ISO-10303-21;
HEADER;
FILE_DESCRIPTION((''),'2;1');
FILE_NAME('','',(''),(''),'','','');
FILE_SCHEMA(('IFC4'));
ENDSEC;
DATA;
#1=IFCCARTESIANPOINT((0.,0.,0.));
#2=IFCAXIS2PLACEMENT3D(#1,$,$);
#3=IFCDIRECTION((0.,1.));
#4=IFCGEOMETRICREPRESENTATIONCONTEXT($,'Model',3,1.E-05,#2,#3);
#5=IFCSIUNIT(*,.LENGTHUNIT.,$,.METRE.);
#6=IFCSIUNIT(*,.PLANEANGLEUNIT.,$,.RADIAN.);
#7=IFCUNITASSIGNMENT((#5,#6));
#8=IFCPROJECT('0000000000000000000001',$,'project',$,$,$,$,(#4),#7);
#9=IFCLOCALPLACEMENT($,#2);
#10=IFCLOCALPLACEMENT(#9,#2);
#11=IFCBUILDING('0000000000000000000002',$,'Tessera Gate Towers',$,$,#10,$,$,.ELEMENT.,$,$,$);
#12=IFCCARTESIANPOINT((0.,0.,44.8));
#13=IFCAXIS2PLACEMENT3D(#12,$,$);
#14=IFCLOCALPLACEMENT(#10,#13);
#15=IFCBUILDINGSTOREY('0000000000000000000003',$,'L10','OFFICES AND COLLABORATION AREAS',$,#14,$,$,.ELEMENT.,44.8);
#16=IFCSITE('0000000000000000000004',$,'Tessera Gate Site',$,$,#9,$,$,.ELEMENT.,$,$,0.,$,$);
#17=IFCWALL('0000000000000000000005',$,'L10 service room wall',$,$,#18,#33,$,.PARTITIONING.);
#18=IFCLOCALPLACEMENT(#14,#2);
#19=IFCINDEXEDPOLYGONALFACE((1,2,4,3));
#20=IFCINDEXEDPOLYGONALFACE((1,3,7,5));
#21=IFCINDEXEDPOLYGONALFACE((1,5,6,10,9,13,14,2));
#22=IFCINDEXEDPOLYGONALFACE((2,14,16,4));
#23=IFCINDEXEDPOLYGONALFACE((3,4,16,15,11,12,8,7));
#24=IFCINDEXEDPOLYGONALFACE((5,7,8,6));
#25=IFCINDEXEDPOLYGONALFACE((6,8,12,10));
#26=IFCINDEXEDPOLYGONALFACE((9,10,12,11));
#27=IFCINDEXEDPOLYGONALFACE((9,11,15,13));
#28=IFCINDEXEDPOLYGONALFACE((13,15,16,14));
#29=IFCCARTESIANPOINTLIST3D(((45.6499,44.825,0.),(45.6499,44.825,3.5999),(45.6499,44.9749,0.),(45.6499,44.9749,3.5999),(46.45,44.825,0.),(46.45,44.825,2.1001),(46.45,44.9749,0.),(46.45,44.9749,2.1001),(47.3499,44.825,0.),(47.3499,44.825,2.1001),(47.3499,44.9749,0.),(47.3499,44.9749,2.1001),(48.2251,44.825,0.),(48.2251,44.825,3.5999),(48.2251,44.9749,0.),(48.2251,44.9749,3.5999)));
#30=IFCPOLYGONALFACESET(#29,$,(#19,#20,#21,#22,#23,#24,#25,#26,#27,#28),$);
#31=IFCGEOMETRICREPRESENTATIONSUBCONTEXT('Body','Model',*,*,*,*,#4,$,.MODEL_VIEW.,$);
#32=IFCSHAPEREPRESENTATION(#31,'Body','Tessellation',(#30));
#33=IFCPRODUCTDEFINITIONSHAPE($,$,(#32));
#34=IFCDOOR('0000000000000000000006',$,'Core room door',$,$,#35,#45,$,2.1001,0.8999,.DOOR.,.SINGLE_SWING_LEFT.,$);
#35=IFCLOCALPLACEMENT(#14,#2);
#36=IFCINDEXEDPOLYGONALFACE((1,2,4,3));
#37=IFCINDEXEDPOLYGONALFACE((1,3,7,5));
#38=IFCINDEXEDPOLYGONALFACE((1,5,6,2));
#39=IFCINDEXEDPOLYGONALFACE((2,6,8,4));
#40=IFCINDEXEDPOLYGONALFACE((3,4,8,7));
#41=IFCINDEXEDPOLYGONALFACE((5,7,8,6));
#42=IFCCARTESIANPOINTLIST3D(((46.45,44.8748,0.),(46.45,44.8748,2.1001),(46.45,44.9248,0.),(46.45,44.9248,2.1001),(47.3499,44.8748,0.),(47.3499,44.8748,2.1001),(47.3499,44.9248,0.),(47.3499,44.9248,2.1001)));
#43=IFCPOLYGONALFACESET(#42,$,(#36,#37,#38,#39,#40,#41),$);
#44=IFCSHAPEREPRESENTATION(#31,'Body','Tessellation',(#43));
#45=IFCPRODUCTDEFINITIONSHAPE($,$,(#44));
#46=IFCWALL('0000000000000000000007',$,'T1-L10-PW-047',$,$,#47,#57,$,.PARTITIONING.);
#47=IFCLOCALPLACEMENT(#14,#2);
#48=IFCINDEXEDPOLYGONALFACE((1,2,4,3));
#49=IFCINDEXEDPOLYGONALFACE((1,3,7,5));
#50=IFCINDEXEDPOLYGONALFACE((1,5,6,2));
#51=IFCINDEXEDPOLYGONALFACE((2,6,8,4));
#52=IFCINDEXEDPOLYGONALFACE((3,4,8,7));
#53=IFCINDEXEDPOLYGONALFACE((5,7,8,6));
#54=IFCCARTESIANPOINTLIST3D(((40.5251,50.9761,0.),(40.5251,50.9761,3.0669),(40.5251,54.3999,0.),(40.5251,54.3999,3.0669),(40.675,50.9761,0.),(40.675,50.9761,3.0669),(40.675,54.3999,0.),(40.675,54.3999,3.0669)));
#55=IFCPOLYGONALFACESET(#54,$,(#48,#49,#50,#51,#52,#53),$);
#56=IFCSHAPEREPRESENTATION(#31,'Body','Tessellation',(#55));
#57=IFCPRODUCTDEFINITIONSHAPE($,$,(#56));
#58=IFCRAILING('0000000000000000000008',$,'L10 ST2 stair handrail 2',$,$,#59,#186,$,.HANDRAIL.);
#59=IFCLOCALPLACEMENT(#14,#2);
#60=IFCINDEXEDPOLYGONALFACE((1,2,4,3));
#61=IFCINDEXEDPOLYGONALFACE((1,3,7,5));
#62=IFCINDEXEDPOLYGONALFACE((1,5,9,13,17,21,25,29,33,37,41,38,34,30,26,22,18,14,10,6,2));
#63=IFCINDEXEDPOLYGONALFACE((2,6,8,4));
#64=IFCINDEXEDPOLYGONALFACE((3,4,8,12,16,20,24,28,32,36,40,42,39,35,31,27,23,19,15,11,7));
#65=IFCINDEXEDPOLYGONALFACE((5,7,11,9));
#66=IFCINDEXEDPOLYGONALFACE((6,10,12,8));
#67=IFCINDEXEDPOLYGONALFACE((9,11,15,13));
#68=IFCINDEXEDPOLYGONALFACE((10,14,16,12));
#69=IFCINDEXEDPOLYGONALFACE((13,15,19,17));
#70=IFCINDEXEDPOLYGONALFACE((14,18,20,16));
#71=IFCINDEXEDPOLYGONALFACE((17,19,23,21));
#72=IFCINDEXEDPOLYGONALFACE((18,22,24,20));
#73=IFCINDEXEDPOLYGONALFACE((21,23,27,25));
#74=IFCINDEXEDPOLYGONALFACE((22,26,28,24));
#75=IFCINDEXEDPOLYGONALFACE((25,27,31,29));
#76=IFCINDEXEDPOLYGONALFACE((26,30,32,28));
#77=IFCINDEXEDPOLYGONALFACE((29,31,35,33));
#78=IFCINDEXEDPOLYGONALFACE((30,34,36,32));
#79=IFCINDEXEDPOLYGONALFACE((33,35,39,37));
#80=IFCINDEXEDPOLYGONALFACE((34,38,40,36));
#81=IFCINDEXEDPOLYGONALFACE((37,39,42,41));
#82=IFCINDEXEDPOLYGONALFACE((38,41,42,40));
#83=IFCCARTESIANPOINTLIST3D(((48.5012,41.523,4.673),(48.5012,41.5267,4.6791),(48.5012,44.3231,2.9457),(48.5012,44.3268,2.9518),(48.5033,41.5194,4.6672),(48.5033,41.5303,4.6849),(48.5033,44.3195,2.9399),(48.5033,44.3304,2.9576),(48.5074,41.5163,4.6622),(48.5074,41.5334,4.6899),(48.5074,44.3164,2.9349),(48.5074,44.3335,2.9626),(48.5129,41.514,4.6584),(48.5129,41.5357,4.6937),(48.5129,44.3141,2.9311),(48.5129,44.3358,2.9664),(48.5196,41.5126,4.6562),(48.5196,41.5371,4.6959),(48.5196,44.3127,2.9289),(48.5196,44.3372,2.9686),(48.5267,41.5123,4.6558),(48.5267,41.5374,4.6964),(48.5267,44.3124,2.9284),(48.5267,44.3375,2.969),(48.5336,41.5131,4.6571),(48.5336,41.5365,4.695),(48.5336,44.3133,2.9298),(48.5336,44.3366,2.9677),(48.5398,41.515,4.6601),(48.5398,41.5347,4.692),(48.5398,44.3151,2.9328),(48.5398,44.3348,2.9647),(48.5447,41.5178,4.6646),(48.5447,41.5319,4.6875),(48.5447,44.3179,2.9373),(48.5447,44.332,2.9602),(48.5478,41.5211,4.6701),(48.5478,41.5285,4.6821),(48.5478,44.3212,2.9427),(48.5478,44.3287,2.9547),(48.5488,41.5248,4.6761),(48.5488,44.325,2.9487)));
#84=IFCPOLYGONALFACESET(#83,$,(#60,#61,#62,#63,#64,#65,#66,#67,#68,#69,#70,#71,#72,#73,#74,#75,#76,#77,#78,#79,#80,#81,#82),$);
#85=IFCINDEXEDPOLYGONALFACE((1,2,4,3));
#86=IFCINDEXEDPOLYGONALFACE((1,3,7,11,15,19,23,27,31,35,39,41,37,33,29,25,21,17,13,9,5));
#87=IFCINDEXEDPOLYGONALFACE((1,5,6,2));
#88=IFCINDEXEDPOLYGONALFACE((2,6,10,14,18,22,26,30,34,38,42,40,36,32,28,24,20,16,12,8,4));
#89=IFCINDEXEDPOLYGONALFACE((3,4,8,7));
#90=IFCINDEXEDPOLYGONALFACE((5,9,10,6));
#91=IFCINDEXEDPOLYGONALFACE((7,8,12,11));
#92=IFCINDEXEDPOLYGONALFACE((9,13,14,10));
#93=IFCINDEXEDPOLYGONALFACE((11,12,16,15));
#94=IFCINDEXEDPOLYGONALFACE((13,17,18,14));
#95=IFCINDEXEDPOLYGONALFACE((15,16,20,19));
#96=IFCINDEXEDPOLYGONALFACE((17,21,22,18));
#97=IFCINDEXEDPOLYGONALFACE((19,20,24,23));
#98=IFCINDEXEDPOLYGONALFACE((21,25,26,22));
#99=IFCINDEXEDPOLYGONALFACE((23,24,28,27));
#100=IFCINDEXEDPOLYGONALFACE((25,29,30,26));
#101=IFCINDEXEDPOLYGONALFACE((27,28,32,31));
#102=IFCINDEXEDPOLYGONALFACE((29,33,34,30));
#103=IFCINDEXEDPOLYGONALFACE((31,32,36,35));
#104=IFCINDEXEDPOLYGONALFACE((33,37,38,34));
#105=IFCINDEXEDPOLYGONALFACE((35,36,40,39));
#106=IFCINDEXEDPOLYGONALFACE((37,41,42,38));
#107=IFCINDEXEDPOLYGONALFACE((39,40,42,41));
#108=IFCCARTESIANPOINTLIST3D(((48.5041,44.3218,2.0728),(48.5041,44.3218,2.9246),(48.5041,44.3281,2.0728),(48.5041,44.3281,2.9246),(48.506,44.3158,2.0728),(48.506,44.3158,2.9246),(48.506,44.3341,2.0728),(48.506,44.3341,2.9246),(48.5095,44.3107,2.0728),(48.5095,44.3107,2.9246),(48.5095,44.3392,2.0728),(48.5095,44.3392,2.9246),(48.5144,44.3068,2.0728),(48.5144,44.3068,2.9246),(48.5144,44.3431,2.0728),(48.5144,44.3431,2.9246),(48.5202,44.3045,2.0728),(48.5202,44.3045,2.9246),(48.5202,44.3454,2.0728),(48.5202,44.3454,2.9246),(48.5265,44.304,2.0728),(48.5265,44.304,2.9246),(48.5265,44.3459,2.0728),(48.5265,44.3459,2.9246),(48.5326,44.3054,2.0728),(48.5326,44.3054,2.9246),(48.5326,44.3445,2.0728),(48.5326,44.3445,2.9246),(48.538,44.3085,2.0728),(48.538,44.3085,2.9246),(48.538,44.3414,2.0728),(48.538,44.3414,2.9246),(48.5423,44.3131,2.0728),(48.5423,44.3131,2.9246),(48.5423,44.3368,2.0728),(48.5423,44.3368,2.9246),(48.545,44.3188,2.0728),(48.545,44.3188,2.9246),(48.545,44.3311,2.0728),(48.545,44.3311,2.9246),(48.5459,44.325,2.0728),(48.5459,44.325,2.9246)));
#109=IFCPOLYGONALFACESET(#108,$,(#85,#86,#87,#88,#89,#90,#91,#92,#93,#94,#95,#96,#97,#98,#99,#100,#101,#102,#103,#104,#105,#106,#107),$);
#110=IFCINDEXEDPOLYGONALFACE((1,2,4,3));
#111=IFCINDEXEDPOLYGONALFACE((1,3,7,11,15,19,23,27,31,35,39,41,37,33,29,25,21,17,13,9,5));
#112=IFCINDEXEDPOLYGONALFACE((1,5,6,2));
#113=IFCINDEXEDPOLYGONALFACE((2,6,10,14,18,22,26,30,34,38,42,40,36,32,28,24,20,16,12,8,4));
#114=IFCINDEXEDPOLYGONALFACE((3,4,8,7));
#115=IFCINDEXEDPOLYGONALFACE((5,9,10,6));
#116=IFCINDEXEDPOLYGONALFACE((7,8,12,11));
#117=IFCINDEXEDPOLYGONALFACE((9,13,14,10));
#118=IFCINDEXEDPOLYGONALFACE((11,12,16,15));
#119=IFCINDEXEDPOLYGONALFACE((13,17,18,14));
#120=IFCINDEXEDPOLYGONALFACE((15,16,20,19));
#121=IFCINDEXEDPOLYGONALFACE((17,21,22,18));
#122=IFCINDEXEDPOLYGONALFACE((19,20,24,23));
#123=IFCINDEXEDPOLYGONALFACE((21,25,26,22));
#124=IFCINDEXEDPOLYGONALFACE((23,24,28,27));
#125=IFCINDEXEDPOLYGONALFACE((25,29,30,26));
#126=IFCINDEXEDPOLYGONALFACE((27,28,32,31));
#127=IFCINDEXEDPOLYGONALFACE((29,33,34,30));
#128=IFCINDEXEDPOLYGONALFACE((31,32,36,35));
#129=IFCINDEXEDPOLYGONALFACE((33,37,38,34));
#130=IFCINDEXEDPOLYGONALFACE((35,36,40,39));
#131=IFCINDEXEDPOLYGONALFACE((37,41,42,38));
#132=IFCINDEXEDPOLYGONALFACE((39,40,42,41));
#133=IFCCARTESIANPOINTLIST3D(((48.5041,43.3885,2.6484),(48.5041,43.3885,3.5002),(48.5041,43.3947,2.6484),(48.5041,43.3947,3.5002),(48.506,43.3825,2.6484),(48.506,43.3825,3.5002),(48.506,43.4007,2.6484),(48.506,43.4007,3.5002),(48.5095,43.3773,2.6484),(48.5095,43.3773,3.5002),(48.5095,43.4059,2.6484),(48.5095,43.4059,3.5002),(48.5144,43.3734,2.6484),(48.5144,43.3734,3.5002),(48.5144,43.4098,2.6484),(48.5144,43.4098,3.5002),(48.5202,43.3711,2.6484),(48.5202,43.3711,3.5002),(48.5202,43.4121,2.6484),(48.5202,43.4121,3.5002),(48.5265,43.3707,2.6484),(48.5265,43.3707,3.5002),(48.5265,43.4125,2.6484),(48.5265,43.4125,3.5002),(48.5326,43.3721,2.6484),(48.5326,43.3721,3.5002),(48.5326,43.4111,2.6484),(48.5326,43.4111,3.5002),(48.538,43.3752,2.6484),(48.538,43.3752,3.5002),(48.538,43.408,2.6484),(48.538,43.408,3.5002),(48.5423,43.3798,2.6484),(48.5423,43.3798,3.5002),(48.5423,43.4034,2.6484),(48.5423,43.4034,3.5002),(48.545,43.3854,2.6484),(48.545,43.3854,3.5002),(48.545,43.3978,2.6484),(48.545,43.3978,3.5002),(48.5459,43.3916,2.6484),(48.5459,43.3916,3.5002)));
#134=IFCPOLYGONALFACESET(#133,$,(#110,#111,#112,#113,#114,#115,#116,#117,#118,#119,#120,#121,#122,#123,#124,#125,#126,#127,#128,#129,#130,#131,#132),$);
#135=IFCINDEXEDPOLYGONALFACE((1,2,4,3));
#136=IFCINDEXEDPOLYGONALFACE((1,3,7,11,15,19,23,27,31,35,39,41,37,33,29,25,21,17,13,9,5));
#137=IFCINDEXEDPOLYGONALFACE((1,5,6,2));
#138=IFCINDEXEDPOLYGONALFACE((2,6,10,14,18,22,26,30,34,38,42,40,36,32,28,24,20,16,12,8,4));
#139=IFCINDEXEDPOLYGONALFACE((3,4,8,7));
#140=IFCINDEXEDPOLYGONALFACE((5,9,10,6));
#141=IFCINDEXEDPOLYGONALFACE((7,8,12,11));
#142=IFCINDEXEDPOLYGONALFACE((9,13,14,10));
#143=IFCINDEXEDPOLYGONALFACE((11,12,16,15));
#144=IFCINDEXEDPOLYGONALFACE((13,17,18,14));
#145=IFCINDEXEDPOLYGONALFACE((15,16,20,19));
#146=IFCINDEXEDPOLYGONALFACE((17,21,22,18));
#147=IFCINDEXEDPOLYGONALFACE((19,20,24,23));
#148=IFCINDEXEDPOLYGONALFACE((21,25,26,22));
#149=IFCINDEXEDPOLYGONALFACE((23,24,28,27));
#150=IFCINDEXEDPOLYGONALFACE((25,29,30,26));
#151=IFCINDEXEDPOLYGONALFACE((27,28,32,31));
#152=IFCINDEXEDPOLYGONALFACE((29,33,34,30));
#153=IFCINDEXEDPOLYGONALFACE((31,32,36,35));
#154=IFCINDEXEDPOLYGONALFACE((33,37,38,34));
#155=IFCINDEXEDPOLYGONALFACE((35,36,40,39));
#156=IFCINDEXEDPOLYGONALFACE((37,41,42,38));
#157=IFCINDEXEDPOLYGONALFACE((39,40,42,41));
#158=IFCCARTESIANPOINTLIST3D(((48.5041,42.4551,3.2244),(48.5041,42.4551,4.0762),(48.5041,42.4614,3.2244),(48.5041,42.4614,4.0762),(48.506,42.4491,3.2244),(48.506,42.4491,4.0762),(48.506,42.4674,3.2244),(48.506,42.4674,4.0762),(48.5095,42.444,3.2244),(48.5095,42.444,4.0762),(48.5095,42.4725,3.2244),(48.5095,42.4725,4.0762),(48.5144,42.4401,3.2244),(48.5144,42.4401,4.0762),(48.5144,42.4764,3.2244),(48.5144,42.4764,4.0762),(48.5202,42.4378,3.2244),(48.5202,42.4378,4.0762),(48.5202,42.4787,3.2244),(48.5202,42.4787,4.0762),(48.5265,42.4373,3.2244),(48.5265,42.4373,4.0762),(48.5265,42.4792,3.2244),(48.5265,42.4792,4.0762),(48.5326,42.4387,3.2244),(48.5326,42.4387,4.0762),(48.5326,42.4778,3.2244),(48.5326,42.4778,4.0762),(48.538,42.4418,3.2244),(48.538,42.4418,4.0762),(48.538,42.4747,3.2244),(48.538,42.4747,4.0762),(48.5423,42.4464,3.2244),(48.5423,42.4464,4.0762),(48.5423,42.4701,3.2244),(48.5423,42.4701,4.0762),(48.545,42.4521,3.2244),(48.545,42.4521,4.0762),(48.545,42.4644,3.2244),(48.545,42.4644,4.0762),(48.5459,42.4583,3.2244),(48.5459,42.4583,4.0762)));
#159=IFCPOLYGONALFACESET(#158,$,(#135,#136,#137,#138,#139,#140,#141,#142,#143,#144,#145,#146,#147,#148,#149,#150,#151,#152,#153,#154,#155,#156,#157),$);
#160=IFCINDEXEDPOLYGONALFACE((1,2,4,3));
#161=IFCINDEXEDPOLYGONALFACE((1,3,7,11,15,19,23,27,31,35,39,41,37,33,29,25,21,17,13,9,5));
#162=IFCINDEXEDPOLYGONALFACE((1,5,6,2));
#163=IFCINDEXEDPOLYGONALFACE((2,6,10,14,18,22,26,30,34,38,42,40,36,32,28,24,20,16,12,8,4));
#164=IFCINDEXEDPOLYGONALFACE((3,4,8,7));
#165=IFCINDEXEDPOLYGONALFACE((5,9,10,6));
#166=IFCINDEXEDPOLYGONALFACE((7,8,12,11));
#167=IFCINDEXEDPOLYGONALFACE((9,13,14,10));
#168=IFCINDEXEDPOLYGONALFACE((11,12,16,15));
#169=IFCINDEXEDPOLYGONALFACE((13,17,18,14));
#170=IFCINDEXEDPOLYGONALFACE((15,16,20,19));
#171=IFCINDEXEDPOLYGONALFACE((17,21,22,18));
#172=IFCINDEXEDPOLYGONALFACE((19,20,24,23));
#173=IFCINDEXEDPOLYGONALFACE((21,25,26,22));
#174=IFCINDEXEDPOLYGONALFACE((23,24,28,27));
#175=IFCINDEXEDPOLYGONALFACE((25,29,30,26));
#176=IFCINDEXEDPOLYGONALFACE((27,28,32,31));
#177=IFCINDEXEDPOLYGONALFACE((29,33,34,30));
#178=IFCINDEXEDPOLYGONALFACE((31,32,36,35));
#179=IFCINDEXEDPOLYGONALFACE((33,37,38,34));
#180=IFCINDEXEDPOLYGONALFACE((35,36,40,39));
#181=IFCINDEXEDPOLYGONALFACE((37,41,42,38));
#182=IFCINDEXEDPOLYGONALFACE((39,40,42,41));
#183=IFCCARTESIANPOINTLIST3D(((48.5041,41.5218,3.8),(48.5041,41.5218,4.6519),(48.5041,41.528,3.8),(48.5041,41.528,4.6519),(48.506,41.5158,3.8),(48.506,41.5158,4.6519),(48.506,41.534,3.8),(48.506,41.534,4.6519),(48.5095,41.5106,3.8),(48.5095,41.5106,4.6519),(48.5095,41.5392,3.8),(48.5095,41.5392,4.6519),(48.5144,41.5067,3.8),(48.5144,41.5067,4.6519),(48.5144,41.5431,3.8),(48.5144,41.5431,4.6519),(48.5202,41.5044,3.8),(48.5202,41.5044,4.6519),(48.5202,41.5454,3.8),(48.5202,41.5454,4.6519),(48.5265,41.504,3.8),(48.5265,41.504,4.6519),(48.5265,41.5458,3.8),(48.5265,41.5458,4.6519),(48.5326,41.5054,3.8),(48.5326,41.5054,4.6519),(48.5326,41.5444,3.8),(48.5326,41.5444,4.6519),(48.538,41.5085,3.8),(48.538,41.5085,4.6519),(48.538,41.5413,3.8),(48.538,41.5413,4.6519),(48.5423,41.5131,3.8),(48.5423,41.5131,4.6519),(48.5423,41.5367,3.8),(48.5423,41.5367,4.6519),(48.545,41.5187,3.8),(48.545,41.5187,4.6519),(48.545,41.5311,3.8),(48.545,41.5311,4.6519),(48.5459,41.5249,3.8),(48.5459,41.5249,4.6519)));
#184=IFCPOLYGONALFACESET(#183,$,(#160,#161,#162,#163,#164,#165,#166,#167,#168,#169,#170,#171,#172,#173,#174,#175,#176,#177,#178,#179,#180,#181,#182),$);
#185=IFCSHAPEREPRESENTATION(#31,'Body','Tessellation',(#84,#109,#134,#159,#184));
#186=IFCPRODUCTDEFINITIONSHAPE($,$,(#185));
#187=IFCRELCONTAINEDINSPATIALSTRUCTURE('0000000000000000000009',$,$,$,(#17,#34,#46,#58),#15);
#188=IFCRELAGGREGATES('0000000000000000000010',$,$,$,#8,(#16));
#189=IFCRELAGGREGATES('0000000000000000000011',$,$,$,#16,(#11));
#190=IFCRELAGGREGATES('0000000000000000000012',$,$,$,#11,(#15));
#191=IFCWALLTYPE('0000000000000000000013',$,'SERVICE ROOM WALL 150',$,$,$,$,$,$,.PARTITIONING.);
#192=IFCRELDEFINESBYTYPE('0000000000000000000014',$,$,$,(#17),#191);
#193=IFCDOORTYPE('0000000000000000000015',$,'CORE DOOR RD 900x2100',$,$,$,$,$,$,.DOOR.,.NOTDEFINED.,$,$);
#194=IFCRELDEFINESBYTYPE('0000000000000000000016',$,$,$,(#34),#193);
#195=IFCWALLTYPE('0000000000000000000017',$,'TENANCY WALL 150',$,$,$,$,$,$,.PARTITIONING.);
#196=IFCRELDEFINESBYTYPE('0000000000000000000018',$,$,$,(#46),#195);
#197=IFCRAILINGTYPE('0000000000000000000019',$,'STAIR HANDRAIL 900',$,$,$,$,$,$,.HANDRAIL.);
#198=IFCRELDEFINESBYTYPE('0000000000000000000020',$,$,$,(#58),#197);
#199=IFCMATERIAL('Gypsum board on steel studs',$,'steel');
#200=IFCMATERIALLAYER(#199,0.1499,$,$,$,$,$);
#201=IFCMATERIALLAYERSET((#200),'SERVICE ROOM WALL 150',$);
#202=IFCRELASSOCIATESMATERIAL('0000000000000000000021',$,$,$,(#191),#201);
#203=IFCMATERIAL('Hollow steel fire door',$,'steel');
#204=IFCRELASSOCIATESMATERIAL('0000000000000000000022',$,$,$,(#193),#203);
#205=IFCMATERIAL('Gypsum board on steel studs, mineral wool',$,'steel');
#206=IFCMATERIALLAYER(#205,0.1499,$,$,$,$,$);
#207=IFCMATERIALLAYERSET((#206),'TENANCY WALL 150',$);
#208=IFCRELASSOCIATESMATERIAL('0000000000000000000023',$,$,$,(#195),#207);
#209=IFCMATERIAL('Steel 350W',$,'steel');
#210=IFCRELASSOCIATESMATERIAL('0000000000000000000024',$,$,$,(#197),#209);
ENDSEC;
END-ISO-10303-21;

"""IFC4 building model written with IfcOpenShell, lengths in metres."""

from ifc_helpers import new_model, si_unit, direction, frame, frame_2d, origin, origin_2d, place, context, subcontext, project, spatial, rectangle, circle, extrude, source, transform, mapped, material, layer, layer_set, type_object, element, fill, save


model = new_model("IFC4")

# Units and contexts
model_context = context("Model", 3, precision=1e-05, world=origin(), true_north=direction((0.0, 1.0)))
body_context = subcontext(model_context, "Body", "Model", "MODEL_VIEW")
ifc_project = project(units=[si_unit("LENGTHUNIT", "METRE"), si_unit("PLANEANGLEUNIT", "RADIAN")], contexts=[model_context])

# Site, building, storey
site_placement = place(None, origin())
site = spatial("IfcSite", under=ifc_project, at=site_placement, Name="Tessera Gate Site", CompositionType="ELEMENT", RefElevation=0.0)
building_placement = place(site_placement, origin())
building = spatial("IfcBuilding", under=site, at=building_placement, Name="Tessera Gate Towers", CompositionType="ELEMENT")
storey_placement = place(building_placement, frame((0.0, 0.0, 44.8)))
storey = spatial("IfcBuildingStorey", under=building, at=storey_placement, Name="L10", Description="OFFICES AND COLLABORATION AREAS", CompositionType="ELEMENT", Elevation=44.8)

# Wall, opening, door
ifc_material_1 = material(Name="Gypsum board on steel studs", Category="steel")
ifc_layer_1 = layer(ifc_material_1, 0.1499)
ifc_layer_set_1 = layer_set([ifc_layer_1], Name="SERVICE ROOM WALL 150")
wall_type_1 = type_object("IfcWallType", Name="SERVICE ROOM WALL 150", PredefinedType="PARTITIONING", material=ifc_layer_set_1)
wall_1_placement = place(storey_placement, frame((45.6499, 44.8999, 0.0), z_axis=(0.0, 0.0, 1.0), x_axis=(1.0, 0.0, 0.0)))
wall_1 = element("IfcWall", 1, at=wall_1_placement, inside=storey, type_object=wall_type_1, Name="L10 service room wall", PredefinedType="PARTITIONING", context=body_context, shape_type="SweptSolid", body=[
    extrude(rectangle(XDim=2.5752, YDim=0.1499, at=frame_2d((1.2876, 0.0))), origin(), (0.0, 0.0, 1.0), 3.5999),
])
shared_shape_1 = source(origin(), body_context, "Body", "SweptSolid", [
    extrude(rectangle(XDim=0.8999, YDim=2.1001, at=frame_2d((0.45, 1.05))), frame((0.0, 0.085, 0.0), z_axis=(0.0, -1.0, 0.0), x_axis=(1.0, 0.0, 0.0)), (0.0, 0.0, 1.0), 0.1699),
])
opening_1_placement = place(wall_1_placement, frame((0.8, 0.0, 0.0)))
opening_1 = element("IfcOpeningElement", 2, at=opening_1_placement, cuts=wall_1, PredefinedType="OPENING", context=body_context, shape_type="MappedRepresentation", body=[
    mapped(shared_shape_1, transform((0.0, 0.0, 0.0), scale=1.0)),
])
ifc_material_2 = material(Name="Hollow steel fire door", Category="steel")
door_type_1 = type_object("IfcDoorType", Name="CORE DOOR RD 900x2100", OperationType="NOTDEFINED", PredefinedType="DOOR", material=ifc_material_2)
shared_shape_2 = source(origin(), body_context, "Body", "SweptSolid", [
    extrude(rectangle(XDim=0.8999, YDim=2.1001, at=frame_2d((0.45, 1.05))), frame((0.0, 0.0249, 0.0), z_axis=(0.0, -1.0, 0.0), x_axis=(1.0, 0.0, 0.0)), (0.0, 0.0, 1.0), 0.05),
])
door_1_placement = place(opening_1_placement, origin())
door_1 = element("IfcDoor", 3, at=door_1_placement, inside=storey, type_object=door_type_1, Name="Core room door", OperationType="SINGLE_SWING_LEFT", OverallHeight=2.1001, OverallWidth=0.8999, PredefinedType="DOOR", context=body_context, shape_type="MappedRepresentation", body=[
    mapped(shared_shape_2, transform((0.0, 0.0, 0.0), scale=1.0)),
])
fill(opening_1, door_1)

# Wall
ifc_material_3 = material(Name="Gypsum board on steel studs, mineral wool", Category="steel")
ifc_layer_2 = layer(ifc_material_3, 0.1499)
ifc_layer_set_2 = layer_set([ifc_layer_2], Name="TENANCY WALL 150")
wall_type_2 = type_object("IfcWallType", Name="TENANCY WALL 150", PredefinedType="PARTITIONING", material=ifc_layer_set_2)
wall_2_placement = place(storey_placement, frame((40.6001, 50.9761, 0.0), z_axis=(0.0, 0.0, 1.0), x_axis=(0.0, 1.0, 0.0)))
element("IfcWall", 4, at=wall_2_placement, inside=storey, type_object=wall_type_2, Name="T1-L10-PW-047", PredefinedType="PARTITIONING", context=body_context, shape_type="SweptSolid", body=[
    extrude(rectangle(XDim=3.4238, YDim=0.1499, at=frame_2d((1.7119, 0.0))), origin(), (0.0, 0.0, 1.0), 3.0669),
])

# Railing
ifc_material_4 = material(Name="Steel 350W", Category="steel")
railing_type = type_object("IfcRailingType", Name="STAIR HANDRAIL 900", PredefinedType="HANDRAIL", material=ifc_material_4)
railing_placement = place(storey_placement, frame((48.5249, 44.325, 2.0728)))
element("IfcRailing", 5, at=railing_placement, inside=storey, type_object=railing_type, Name="L10 ST2 stair handrail 2", PredefinedType="HANDRAIL", context=body_context, shape_type="SweptSolid", body=[
    extrude(circle(Radius=0.0239, at=origin_2d()), frame((0.0, 0.0, 0.876), z_axis=(0.0, -0.85109, 0.52502), x_axis=(1.0, 0.0, 0.0)), (0.0, 0.0, 1.0), 3.29),
    extrude(circle(Radius=0.021, at=origin_2d()), origin(), (0.0, 0.0, 1.0), 0.8518),
    extrude(circle(Radius=0.021, at=origin_2d()), frame((0.0, -0.9333, 0.5757)), (0.0, 0.0, 1.0), 0.8518),
    extrude(circle(Radius=0.021, at=origin_2d()), frame((0.0, -1.8667, 1.1516)), (0.0, 0.0, 1.0), 0.8518),
    extrude(circle(Radius=0.021, at=origin_2d()), frame((0.0, -2.8, 1.7273)), (0.0, 0.0, 1.0), 0.8518),
])

save(model, "model.ifc")
